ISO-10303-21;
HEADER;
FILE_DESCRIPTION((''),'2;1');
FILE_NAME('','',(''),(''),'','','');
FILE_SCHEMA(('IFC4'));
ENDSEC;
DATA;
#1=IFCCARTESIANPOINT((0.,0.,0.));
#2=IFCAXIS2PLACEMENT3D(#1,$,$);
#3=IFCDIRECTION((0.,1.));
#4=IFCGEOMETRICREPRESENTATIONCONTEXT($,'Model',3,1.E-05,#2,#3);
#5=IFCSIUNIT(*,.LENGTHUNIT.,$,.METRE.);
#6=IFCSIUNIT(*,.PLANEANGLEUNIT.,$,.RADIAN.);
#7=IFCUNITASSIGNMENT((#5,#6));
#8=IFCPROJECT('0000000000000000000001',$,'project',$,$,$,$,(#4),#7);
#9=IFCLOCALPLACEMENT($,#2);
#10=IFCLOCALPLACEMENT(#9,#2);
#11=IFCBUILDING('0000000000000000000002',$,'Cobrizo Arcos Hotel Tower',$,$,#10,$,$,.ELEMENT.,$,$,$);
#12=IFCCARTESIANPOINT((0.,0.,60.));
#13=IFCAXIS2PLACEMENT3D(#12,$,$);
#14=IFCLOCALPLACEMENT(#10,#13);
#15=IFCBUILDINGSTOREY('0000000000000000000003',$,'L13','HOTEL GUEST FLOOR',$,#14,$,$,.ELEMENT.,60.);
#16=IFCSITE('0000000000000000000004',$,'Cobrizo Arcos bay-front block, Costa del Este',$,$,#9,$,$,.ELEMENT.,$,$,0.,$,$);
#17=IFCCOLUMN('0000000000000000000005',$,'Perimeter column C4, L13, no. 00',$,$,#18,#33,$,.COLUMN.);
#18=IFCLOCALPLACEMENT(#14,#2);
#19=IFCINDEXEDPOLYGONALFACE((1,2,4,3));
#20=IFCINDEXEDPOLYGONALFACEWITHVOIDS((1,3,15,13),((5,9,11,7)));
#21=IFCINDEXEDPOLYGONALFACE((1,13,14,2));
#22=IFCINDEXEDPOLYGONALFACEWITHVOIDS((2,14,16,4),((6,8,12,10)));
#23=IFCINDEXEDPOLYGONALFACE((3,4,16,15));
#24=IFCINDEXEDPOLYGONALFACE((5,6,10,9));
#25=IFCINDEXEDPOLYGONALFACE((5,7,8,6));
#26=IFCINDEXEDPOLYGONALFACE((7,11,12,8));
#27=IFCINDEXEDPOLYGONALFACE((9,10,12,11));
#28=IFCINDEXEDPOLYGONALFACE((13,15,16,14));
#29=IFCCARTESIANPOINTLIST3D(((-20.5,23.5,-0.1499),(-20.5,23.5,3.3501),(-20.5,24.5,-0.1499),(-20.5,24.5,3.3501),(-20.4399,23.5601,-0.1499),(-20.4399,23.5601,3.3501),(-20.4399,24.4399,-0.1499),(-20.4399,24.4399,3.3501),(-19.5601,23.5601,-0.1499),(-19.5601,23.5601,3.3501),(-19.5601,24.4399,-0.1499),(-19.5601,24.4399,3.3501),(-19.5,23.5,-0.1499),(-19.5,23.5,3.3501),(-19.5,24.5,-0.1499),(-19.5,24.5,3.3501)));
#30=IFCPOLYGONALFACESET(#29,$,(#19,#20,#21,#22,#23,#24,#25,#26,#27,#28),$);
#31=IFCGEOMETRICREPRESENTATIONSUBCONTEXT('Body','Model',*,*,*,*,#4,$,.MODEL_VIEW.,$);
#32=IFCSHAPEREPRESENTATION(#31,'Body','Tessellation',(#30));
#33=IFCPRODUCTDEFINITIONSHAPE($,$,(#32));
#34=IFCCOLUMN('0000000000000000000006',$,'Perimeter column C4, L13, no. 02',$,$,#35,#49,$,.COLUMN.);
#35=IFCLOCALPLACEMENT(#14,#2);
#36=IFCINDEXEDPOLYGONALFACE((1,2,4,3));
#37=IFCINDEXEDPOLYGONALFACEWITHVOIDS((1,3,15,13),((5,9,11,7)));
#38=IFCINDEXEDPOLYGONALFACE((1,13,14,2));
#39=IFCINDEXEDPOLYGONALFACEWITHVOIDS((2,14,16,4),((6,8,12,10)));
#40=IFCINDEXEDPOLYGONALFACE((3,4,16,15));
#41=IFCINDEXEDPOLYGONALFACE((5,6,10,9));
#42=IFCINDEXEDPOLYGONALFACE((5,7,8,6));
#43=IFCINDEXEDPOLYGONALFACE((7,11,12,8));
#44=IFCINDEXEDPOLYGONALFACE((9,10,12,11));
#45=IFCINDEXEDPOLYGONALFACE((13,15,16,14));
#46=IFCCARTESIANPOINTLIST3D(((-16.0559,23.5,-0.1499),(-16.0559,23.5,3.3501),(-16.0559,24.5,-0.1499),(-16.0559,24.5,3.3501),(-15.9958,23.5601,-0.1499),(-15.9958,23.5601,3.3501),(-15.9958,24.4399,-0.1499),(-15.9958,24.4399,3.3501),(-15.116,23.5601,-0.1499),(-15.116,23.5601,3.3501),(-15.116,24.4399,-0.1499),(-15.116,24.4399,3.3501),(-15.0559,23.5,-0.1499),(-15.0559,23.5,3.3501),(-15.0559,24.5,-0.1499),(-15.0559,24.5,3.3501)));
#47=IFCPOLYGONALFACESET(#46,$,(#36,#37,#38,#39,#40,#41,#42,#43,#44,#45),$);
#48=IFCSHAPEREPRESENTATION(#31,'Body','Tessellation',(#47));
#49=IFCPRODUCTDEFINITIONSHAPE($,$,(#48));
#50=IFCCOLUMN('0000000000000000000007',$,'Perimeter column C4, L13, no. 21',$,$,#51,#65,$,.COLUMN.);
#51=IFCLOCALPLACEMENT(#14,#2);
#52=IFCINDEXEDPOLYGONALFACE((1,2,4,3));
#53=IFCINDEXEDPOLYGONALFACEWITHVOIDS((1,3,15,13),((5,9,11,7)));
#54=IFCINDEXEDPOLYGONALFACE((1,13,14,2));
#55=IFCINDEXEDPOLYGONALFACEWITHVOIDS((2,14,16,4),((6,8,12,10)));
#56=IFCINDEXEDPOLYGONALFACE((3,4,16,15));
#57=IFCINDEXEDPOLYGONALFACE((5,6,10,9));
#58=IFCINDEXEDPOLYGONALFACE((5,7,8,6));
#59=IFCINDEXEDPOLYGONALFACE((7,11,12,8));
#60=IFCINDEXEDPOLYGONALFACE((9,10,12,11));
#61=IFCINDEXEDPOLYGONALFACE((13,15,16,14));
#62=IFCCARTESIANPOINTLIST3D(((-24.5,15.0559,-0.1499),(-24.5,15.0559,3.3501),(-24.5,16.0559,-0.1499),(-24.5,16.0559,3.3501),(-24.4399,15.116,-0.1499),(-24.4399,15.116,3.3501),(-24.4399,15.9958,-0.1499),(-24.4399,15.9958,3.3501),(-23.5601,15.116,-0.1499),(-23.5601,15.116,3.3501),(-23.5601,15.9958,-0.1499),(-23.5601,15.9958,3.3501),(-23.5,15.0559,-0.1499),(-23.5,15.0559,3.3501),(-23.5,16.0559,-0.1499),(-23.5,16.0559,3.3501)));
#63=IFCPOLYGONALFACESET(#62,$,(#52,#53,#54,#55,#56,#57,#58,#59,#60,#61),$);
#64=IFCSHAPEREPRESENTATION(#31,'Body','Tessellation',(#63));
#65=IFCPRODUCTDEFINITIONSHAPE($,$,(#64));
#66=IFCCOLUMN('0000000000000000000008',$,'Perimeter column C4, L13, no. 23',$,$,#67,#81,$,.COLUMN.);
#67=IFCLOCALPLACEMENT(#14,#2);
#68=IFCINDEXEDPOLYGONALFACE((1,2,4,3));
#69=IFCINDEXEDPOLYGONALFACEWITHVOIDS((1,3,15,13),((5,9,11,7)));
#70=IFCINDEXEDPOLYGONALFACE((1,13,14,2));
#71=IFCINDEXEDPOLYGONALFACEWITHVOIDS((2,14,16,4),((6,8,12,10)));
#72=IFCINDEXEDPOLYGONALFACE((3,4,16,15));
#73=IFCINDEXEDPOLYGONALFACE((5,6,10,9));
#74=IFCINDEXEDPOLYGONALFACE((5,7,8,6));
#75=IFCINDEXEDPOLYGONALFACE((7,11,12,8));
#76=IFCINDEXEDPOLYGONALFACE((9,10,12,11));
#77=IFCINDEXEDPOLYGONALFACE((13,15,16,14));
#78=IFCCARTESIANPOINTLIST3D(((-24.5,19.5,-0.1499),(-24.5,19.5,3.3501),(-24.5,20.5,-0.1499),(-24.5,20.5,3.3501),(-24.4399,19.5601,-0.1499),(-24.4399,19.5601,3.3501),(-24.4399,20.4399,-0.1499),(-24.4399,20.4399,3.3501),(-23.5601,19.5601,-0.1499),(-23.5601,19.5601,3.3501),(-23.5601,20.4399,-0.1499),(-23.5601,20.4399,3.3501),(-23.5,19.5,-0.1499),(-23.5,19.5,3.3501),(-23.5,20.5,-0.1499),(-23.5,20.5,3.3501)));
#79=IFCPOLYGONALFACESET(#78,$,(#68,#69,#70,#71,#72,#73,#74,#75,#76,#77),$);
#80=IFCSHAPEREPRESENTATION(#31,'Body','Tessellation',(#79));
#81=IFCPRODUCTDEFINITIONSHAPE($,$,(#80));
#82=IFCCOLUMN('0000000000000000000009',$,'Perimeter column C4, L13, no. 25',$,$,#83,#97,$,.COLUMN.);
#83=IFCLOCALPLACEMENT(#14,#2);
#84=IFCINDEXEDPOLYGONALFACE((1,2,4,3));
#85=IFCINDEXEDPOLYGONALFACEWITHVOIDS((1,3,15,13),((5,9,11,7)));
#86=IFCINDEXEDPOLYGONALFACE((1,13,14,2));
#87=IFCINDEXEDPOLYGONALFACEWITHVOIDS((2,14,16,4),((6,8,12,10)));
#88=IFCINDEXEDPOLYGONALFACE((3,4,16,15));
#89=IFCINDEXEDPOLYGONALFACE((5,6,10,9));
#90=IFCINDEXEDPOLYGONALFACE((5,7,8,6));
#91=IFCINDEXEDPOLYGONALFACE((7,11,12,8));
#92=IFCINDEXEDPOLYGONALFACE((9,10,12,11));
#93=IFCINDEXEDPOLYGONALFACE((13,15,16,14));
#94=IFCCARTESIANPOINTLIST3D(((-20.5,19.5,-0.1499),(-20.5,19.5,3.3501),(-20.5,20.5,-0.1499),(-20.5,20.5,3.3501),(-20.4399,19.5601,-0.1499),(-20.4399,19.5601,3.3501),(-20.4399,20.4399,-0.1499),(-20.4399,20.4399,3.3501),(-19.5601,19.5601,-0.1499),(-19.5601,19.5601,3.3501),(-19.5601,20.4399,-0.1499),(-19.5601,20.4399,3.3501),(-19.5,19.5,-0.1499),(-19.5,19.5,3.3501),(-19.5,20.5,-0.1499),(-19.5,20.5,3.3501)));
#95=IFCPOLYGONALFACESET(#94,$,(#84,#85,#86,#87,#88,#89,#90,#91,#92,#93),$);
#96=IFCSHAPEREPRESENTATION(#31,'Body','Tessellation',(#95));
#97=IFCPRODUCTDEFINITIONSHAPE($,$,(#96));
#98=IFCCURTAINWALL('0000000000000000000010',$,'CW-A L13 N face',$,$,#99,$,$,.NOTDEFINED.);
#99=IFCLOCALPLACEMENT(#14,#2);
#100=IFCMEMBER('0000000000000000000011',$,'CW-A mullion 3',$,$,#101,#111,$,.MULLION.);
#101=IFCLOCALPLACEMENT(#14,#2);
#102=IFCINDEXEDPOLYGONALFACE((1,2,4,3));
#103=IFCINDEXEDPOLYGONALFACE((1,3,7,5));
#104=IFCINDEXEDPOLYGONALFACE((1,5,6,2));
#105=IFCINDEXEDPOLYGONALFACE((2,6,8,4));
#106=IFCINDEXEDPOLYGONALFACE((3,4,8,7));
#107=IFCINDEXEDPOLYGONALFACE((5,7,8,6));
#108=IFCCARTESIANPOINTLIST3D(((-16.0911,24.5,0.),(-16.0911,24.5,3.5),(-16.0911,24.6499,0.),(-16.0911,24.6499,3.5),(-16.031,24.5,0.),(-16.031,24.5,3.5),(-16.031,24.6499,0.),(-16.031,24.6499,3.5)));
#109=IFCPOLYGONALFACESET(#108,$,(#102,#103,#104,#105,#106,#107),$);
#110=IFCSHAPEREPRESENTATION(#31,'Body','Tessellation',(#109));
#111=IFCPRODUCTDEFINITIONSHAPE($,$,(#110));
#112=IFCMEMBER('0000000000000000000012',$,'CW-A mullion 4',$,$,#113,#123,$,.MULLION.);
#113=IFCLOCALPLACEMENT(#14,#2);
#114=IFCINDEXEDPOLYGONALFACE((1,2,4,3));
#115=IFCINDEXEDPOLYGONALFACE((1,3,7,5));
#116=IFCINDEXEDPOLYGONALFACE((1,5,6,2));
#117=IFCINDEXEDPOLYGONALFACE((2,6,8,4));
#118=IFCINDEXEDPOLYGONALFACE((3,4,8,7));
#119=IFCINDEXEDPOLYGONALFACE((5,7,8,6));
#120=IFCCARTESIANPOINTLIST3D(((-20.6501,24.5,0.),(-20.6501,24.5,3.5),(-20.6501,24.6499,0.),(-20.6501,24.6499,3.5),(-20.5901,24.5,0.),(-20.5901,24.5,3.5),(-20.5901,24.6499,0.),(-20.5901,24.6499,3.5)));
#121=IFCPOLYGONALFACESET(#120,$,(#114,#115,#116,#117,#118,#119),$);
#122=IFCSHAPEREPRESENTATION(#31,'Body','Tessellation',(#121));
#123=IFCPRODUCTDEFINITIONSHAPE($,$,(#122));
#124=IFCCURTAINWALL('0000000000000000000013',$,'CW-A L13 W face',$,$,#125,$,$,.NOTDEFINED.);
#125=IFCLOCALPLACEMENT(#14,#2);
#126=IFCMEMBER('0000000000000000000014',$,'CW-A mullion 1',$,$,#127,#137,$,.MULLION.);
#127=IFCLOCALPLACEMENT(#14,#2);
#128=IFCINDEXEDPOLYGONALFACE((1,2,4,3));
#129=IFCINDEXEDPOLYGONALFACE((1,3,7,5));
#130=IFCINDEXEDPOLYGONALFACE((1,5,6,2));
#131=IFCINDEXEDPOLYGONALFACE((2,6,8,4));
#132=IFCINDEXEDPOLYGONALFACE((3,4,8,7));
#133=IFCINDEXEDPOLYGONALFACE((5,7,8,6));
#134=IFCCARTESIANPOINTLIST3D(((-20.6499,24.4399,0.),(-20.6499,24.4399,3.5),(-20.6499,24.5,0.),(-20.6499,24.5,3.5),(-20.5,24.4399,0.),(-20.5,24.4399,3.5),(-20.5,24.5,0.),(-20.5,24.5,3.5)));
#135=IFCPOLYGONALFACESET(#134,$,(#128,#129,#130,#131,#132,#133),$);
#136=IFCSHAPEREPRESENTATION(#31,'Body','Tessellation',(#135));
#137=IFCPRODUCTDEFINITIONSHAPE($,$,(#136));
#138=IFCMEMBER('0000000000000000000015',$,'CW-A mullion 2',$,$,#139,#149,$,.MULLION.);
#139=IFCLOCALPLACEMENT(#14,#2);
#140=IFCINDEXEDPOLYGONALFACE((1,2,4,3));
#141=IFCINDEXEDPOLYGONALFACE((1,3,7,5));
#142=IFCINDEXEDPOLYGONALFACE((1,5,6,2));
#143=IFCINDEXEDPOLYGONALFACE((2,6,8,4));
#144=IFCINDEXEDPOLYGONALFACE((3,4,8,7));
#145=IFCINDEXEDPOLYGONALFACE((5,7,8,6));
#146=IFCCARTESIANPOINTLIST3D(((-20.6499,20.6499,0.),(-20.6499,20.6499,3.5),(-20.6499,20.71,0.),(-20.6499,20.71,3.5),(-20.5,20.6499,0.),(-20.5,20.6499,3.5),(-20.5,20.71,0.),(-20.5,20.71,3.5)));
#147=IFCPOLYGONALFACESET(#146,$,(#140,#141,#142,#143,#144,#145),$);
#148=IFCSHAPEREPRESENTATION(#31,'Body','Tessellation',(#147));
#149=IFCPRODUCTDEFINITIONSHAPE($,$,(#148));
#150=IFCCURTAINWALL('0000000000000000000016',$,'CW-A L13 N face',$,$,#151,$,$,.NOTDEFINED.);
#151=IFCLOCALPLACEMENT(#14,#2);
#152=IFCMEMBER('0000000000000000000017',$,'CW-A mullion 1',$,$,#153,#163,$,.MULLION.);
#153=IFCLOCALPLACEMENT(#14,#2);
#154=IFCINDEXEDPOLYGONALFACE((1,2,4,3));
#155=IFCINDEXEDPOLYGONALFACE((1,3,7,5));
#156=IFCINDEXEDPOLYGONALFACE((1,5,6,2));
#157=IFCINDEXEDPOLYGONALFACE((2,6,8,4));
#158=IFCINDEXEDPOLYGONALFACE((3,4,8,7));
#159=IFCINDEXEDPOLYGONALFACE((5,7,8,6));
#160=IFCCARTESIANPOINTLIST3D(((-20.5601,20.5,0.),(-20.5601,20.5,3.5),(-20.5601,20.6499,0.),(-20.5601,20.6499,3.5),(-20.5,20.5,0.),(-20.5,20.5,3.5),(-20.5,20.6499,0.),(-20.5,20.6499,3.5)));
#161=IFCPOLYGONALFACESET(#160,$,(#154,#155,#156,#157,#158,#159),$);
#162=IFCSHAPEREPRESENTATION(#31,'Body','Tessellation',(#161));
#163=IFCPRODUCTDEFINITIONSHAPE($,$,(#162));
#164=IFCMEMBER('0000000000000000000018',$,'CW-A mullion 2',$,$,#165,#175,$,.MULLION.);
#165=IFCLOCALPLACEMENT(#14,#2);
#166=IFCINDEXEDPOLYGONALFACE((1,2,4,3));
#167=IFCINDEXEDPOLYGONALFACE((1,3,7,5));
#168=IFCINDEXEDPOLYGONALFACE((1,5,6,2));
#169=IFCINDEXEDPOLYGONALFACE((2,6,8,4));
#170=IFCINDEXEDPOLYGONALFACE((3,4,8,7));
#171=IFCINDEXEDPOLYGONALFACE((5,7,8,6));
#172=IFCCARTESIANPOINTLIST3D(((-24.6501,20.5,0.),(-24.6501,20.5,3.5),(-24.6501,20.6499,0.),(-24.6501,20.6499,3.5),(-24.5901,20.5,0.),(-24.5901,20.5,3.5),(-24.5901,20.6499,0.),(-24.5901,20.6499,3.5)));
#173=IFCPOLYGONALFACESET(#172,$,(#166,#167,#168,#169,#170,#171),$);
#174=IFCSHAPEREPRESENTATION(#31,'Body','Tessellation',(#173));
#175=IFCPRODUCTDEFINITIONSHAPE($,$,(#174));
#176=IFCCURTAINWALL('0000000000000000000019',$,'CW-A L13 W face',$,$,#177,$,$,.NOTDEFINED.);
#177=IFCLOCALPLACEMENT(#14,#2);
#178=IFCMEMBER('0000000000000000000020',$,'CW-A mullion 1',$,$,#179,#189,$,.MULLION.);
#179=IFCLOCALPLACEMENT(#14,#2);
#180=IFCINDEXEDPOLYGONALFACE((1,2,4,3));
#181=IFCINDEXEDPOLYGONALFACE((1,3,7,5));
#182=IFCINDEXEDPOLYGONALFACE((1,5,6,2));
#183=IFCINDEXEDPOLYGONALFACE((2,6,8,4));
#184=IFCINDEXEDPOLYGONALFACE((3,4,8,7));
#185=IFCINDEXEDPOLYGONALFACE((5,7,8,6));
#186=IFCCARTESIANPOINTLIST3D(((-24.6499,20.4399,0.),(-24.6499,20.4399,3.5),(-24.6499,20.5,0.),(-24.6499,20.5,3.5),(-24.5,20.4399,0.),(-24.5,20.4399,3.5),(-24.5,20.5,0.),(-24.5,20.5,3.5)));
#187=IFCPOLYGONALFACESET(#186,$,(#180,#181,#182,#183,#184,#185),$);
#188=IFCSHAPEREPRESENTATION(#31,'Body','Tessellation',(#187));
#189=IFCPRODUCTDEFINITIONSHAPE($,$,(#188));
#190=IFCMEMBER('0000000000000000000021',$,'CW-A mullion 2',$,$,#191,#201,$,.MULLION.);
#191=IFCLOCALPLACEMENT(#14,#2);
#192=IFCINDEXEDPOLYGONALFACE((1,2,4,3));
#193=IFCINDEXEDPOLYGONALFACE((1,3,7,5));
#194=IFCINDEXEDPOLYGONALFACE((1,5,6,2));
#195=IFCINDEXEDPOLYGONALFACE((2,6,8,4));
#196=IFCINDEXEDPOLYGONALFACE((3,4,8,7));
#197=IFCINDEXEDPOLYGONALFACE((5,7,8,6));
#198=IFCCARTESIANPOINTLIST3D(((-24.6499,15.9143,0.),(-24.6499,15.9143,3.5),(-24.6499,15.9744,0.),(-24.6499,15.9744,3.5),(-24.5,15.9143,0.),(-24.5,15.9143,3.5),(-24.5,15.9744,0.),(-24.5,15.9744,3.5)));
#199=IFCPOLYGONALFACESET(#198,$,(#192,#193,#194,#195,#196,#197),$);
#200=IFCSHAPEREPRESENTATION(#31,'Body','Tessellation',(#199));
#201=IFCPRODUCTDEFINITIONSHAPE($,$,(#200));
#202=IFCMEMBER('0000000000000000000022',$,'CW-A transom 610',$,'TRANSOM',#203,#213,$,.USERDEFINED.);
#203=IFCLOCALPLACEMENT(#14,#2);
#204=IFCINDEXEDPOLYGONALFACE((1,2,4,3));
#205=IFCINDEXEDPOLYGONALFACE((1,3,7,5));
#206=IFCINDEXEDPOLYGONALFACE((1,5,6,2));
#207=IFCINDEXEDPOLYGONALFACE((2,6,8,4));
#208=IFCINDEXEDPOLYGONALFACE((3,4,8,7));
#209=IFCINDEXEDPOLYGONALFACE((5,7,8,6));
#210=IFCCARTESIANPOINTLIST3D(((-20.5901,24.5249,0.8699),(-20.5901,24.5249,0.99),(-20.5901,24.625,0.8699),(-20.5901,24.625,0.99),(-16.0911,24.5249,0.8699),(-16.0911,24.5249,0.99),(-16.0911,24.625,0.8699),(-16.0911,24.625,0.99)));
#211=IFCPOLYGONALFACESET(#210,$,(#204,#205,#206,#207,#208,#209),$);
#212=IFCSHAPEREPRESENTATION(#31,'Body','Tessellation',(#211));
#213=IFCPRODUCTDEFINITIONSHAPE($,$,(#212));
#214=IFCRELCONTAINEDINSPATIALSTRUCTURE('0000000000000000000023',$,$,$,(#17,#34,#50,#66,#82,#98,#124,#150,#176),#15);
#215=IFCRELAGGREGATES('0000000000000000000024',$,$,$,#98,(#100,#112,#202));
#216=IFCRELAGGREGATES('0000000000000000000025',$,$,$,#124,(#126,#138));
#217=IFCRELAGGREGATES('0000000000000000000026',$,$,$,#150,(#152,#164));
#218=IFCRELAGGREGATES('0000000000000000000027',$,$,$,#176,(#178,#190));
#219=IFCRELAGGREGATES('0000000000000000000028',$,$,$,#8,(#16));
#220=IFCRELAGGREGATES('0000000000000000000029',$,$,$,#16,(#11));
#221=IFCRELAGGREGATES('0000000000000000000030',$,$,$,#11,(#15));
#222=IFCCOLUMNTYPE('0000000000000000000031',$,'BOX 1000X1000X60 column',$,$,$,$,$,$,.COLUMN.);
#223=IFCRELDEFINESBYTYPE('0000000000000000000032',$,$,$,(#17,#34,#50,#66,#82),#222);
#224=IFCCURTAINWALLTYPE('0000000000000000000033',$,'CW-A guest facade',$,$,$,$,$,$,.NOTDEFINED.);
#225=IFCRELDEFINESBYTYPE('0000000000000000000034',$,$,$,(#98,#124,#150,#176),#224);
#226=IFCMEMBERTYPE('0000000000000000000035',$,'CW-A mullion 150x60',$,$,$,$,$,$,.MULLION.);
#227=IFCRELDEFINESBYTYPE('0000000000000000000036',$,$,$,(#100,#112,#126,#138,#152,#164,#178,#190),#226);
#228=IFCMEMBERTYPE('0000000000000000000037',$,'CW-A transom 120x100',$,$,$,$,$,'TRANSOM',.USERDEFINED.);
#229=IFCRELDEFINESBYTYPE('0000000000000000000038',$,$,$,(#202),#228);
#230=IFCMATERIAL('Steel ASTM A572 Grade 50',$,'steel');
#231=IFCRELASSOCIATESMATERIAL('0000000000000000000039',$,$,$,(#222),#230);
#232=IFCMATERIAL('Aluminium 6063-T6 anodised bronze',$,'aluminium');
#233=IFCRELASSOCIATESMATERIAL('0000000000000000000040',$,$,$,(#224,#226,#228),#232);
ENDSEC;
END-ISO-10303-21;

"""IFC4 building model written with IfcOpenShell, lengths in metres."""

from ifc_helpers import new_model, si_unit, direction, frame, origin, origin_2d, place, context, subcontext, project, spatial, rectangle, hollow_rectangle, extrude, material, material_profile, profile_set, type_object, element, aggregate, save


model = new_model("IFC4")

# Units and contexts
model_context = context("Model", 3, precision=1e-05, world=origin(), true_north=direction((0.0, 1.0)))
body_context = subcontext(model_context, "Body", "Model", "MODEL_VIEW")
ifc_project = project(units=[si_unit("LENGTHUNIT", "METRE"), si_unit("PLANEANGLEUNIT", "RADIAN")], contexts=[model_context])

# Site, building, storey
site_placement = place(None, origin())
site = spatial("IfcSite", under=ifc_project, at=site_placement, Name="Cobrizo Arcos bay-front block, Costa del Este", CompositionType="ELEMENT", RefElevation=0.0)
building_placement = place(site_placement, origin())
building = spatial("IfcBuilding", under=site, at=building_placement, Name="Cobrizo Arcos Hotel Tower", CompositionType="ELEMENT")
storey_placement = place(building_placement, frame((0.0, 0.0, 60.0)))
storey = spatial("IfcBuildingStorey", under=building, at=storey_placement, Name="L13", Description="HOTEL GUEST FLOOR", CompositionType="ELEMENT", Elevation=60.0)

# Columns
ifc_material_1 = material(Name="Steel ASTM A572 Grade 50", Category="steel")
ifc_material_profile_1 = material_profile(ifc_material_1, hollow_rectangle(XDim=1.0, YDim=1.0, WallThickness=0.0601, at=origin_2d()), Name="BOX 1000X1000X60")
ifc_profile_set_1 = profile_set([ifc_material_profile_1], Name="Steel ASTM A572 Grade 50")
column_type = type_object("IfcColumnType", Name="BOX 1000X1000X60 column", PredefinedType="COLUMN", material=ifc_profile_set_1)
for number, where, z_axis, x_axis, name in (
    (1, (-20.0, 24.0, -0.1499), (0.0, 0.0, 1.0), (1.0, 0.0, 0.0), "Perimeter column C4, L13, no. 00"),
    (2, (-15.5559, 24.0, -0.1499), (0.0, 0.0, 1.0), (1.0, 0.0, 0.0), "Perimeter column C4, L13, no. 02"),
    (3, (-24.0, 15.5559, -0.1499), (0.0, 0.0, 1.0), (1.0, 0.0, 0.0), "Perimeter column C4, L13, no. 21"),
    (4, (-24.0, 20.0, -0.1499), (0.0, 0.0, 1.0), (1.0, 0.0, 0.0), "Perimeter column C4, L13, no. 23"),
    (5, (-20.0, 20.0, -0.1499), (0.0, 0.0, 1.0), (1.0, 0.0, 0.0), "Perimeter column C4, L13, no. 25"),
):
    element("IfcColumn", number, at=place(storey_placement, frame(where, z_axis=z_axis, x_axis=x_axis)), inside=storey, type_object=column_type, Name=name, PredefinedType="COLUMN", context=body_context, shape_type="SweptSolid", body=[
        extrude(hollow_rectangle(XDim=1.0, YDim=1.0, WallThickness=0.0601, at=origin_2d()), origin(), (0.0, 0.0, 1.0), 3.5),
    ])

# Curtain walls, members
ifc_material_2 = material(Name="Aluminium 6063-T6 anodised bronze", Category="aluminium")
curtain_wall_type = type_object("IfcCurtainWallType", Name="CW-A guest facade", PredefinedType="NOTDEFINED", material=ifc_material_2)
curtain_wall_1_placement = place(storey_placement, origin())
curtain_wall_1 = element("IfcCurtainWall", 6, at=curtain_wall_1_placement, inside=storey, type_object=curtain_wall_type, Name="CW-A L13 N face", PredefinedType="NOTDEFINED")
ifc_material_profile_2 = material_profile(ifc_material_2, rectangle(XDim=0.1499, YDim=0.0601, at=origin_2d()), Name="CW-A mullion 150x60")
ifc_profile_set_2 = profile_set([ifc_material_profile_2], Name="Aluminium 6063-T6 anodised bronze")
member_type_1 = type_object("IfcMemberType", Name="CW-A mullion 150x60", PredefinedType="MULLION", material=ifc_profile_set_2)
member_1_placement = place(storey_placement, frame((-16.061, 24.575, 0.0), z_axis=(0.0, 0.0, 1.0), x_axis=(0.0, 1.0, 0.0)))
member_1 = element("IfcMember", 7, at=member_1_placement, type_object=member_type_1, Name="CW-A mullion 3", PredefinedType="MULLION", context=body_context, shape_type="SweptSolid", body=[
    extrude(rectangle(XDim=0.1499, YDim=0.0601, at=origin_2d()), origin(), (0.0, 0.0, 1.0), 3.5),
])
member_2_placement = place(storey_placement, frame((-20.6201, 24.575, 0.0), z_axis=(0.0, 0.0, 1.0), x_axis=(0.0, 1.0, 0.0)))
member_2 = element("IfcMember", 8, at=member_2_placement, type_object=member_type_1, Name="CW-A mullion 4", PredefinedType="MULLION", context=body_context, shape_type="SweptSolid", body=[
    extrude(rectangle(XDim=0.1499, YDim=0.0601, at=origin_2d()), origin(), (0.0, 0.0, 1.0), 3.5),
])
curtain_wall_2_placement = place(storey_placement, origin())
curtain_wall_2 = element("IfcCurtainWall", 9, at=curtain_wall_2_placement, inside=storey, type_object=curtain_wall_type, Name="CW-A L13 W face", PredefinedType="NOTDEFINED")
member_3_placement = place(storey_placement, frame((-20.575, 24.47, 0.0), z_axis=(0.0, 0.0, 1.0), x_axis=(-1.0, 0.0, 0.0)))
member_3 = element("IfcMember", 10, at=member_3_placement, type_object=member_type_1, Name="CW-A mullion 1", PredefinedType="MULLION", context=body_context, shape_type="SweptSolid", body=[
    extrude(rectangle(XDim=0.1499, YDim=0.0601, at=origin_2d()), origin(), (0.0, 0.0, 1.0), 3.5),
])
member_4_placement = place(storey_placement, frame((-20.575, 20.6799, 0.0), z_axis=(0.0, 0.0, 1.0), x_axis=(-1.0, 0.0, 0.0)))
member_4 = element("IfcMember", 11, at=member_4_placement, type_object=member_type_1, Name="CW-A mullion 2", PredefinedType="MULLION", context=body_context, shape_type="SweptSolid", body=[
    extrude(rectangle(XDim=0.1499, YDim=0.0601, at=origin_2d()), origin(), (0.0, 0.0, 1.0), 3.5),
])
curtain_wall_3_placement = place(storey_placement, origin())
curtain_wall_3 = element("IfcCurtainWall", 12, at=curtain_wall_3_placement, inside=storey, type_object=curtain_wall_type, Name="CW-A L13 N face", PredefinedType="NOTDEFINED")
member_5_placement = place(storey_placement, frame((-20.53, 20.575, 0.0), z_axis=(0.0, 0.0, 1.0), x_axis=(0.0, 1.0, 0.0)))
member_5 = element("IfcMember", 13, at=member_5_placement, type_object=member_type_1, Name="CW-A mullion 1", PredefinedType="MULLION", context=body_context, shape_type="SweptSolid", body=[
    extrude(rectangle(XDim=0.1499, YDim=0.0601, at=origin_2d()), origin(), (0.0, 0.0, 1.0), 3.5),
])
member_6_placement = place(storey_placement, frame((-24.6201, 20.575, 0.0), z_axis=(0.0, 0.0, 1.0), x_axis=(0.0, 1.0, 0.0)))
member_6 = element("IfcMember", 14, at=member_6_placement, type_object=member_type_1, Name="CW-A mullion 2", PredefinedType="MULLION", context=body_context, shape_type="SweptSolid", body=[
    extrude(rectangle(XDim=0.1499, YDim=0.0601, at=origin_2d()), origin(), (0.0, 0.0, 1.0), 3.5),
])
curtain_wall_4_placement = place(storey_placement, origin())
curtain_wall_4 = element("IfcCurtainWall", 15, at=curtain_wall_4_placement, inside=storey, type_object=curtain_wall_type, Name="CW-A L13 W face", PredefinedType="NOTDEFINED")
member_7_placement = place(storey_placement, frame((-24.575, 20.47, 0.0), z_axis=(0.0, 0.0, 1.0), x_axis=(-1.0, 0.0, 0.0)))
member_7 = element("IfcMember", 16, at=member_7_placement, type_object=member_type_1, Name="CW-A mullion 1", PredefinedType="MULLION", context=body_context, shape_type="SweptSolid", body=[
    extrude(rectangle(XDim=0.1499, YDim=0.0601, at=origin_2d()), origin(), (0.0, 0.0, 1.0), 3.5),
])
member_8_placement = place(storey_placement, frame((-24.575, 15.9443, 0.0), z_axis=(0.0, 0.0, 1.0), x_axis=(-1.0, 0.0, 0.0)))
member_8 = element("IfcMember", 17, at=member_8_placement, type_object=member_type_1, Name="CW-A mullion 2", PredefinedType="MULLION", context=body_context, shape_type="SweptSolid", body=[
    extrude(rectangle(XDim=0.1499, YDim=0.0601, at=origin_2d()), origin(), (0.0, 0.0, 1.0), 3.5),
])

# Member
ifc_material_profile_3 = material_profile(ifc_material_2, rectangle(XDim=0.1001, YDim=0.1201, at=origin_2d()), Name="CW-A transom 120x100")
ifc_profile_set_3 = profile_set([ifc_material_profile_3], Name="Aluminium 6063-T6 anodised bronze")
member_type_2 = type_object("IfcMemberType", Name="CW-A transom 120x100", ElementType="TRANSOM", PredefinedType="USERDEFINED", material=ifc_profile_set_3)
member_9_placement = place(storey_placement, frame((-16.0911, 24.575, 0.9299), z_axis=(-1.0, 0.0, 0.0), x_axis=(0.0, -1.0, 0.0)))
member_9 = element("IfcMember", 18, at=member_9_placement, type_object=member_type_2, Name="CW-A transom 610", ObjectType="TRANSOM", PredefinedType="USERDEFINED", context=body_context, shape_type="SweptSolid", body=[
    extrude(rectangle(XDim=0.1001, YDim=0.1201, at=origin_2d()), origin(), (0.0, 0.0, 1.0), 4.499),
])

aggregate(curtain_wall_1, [member_1, member_2, member_9])
aggregate(curtain_wall_2, [member_3, member_4])
aggregate(curtain_wall_3, [member_5, member_6])
aggregate(curtain_wall_4, [member_7, member_8])

save(model, "model.ifc")
